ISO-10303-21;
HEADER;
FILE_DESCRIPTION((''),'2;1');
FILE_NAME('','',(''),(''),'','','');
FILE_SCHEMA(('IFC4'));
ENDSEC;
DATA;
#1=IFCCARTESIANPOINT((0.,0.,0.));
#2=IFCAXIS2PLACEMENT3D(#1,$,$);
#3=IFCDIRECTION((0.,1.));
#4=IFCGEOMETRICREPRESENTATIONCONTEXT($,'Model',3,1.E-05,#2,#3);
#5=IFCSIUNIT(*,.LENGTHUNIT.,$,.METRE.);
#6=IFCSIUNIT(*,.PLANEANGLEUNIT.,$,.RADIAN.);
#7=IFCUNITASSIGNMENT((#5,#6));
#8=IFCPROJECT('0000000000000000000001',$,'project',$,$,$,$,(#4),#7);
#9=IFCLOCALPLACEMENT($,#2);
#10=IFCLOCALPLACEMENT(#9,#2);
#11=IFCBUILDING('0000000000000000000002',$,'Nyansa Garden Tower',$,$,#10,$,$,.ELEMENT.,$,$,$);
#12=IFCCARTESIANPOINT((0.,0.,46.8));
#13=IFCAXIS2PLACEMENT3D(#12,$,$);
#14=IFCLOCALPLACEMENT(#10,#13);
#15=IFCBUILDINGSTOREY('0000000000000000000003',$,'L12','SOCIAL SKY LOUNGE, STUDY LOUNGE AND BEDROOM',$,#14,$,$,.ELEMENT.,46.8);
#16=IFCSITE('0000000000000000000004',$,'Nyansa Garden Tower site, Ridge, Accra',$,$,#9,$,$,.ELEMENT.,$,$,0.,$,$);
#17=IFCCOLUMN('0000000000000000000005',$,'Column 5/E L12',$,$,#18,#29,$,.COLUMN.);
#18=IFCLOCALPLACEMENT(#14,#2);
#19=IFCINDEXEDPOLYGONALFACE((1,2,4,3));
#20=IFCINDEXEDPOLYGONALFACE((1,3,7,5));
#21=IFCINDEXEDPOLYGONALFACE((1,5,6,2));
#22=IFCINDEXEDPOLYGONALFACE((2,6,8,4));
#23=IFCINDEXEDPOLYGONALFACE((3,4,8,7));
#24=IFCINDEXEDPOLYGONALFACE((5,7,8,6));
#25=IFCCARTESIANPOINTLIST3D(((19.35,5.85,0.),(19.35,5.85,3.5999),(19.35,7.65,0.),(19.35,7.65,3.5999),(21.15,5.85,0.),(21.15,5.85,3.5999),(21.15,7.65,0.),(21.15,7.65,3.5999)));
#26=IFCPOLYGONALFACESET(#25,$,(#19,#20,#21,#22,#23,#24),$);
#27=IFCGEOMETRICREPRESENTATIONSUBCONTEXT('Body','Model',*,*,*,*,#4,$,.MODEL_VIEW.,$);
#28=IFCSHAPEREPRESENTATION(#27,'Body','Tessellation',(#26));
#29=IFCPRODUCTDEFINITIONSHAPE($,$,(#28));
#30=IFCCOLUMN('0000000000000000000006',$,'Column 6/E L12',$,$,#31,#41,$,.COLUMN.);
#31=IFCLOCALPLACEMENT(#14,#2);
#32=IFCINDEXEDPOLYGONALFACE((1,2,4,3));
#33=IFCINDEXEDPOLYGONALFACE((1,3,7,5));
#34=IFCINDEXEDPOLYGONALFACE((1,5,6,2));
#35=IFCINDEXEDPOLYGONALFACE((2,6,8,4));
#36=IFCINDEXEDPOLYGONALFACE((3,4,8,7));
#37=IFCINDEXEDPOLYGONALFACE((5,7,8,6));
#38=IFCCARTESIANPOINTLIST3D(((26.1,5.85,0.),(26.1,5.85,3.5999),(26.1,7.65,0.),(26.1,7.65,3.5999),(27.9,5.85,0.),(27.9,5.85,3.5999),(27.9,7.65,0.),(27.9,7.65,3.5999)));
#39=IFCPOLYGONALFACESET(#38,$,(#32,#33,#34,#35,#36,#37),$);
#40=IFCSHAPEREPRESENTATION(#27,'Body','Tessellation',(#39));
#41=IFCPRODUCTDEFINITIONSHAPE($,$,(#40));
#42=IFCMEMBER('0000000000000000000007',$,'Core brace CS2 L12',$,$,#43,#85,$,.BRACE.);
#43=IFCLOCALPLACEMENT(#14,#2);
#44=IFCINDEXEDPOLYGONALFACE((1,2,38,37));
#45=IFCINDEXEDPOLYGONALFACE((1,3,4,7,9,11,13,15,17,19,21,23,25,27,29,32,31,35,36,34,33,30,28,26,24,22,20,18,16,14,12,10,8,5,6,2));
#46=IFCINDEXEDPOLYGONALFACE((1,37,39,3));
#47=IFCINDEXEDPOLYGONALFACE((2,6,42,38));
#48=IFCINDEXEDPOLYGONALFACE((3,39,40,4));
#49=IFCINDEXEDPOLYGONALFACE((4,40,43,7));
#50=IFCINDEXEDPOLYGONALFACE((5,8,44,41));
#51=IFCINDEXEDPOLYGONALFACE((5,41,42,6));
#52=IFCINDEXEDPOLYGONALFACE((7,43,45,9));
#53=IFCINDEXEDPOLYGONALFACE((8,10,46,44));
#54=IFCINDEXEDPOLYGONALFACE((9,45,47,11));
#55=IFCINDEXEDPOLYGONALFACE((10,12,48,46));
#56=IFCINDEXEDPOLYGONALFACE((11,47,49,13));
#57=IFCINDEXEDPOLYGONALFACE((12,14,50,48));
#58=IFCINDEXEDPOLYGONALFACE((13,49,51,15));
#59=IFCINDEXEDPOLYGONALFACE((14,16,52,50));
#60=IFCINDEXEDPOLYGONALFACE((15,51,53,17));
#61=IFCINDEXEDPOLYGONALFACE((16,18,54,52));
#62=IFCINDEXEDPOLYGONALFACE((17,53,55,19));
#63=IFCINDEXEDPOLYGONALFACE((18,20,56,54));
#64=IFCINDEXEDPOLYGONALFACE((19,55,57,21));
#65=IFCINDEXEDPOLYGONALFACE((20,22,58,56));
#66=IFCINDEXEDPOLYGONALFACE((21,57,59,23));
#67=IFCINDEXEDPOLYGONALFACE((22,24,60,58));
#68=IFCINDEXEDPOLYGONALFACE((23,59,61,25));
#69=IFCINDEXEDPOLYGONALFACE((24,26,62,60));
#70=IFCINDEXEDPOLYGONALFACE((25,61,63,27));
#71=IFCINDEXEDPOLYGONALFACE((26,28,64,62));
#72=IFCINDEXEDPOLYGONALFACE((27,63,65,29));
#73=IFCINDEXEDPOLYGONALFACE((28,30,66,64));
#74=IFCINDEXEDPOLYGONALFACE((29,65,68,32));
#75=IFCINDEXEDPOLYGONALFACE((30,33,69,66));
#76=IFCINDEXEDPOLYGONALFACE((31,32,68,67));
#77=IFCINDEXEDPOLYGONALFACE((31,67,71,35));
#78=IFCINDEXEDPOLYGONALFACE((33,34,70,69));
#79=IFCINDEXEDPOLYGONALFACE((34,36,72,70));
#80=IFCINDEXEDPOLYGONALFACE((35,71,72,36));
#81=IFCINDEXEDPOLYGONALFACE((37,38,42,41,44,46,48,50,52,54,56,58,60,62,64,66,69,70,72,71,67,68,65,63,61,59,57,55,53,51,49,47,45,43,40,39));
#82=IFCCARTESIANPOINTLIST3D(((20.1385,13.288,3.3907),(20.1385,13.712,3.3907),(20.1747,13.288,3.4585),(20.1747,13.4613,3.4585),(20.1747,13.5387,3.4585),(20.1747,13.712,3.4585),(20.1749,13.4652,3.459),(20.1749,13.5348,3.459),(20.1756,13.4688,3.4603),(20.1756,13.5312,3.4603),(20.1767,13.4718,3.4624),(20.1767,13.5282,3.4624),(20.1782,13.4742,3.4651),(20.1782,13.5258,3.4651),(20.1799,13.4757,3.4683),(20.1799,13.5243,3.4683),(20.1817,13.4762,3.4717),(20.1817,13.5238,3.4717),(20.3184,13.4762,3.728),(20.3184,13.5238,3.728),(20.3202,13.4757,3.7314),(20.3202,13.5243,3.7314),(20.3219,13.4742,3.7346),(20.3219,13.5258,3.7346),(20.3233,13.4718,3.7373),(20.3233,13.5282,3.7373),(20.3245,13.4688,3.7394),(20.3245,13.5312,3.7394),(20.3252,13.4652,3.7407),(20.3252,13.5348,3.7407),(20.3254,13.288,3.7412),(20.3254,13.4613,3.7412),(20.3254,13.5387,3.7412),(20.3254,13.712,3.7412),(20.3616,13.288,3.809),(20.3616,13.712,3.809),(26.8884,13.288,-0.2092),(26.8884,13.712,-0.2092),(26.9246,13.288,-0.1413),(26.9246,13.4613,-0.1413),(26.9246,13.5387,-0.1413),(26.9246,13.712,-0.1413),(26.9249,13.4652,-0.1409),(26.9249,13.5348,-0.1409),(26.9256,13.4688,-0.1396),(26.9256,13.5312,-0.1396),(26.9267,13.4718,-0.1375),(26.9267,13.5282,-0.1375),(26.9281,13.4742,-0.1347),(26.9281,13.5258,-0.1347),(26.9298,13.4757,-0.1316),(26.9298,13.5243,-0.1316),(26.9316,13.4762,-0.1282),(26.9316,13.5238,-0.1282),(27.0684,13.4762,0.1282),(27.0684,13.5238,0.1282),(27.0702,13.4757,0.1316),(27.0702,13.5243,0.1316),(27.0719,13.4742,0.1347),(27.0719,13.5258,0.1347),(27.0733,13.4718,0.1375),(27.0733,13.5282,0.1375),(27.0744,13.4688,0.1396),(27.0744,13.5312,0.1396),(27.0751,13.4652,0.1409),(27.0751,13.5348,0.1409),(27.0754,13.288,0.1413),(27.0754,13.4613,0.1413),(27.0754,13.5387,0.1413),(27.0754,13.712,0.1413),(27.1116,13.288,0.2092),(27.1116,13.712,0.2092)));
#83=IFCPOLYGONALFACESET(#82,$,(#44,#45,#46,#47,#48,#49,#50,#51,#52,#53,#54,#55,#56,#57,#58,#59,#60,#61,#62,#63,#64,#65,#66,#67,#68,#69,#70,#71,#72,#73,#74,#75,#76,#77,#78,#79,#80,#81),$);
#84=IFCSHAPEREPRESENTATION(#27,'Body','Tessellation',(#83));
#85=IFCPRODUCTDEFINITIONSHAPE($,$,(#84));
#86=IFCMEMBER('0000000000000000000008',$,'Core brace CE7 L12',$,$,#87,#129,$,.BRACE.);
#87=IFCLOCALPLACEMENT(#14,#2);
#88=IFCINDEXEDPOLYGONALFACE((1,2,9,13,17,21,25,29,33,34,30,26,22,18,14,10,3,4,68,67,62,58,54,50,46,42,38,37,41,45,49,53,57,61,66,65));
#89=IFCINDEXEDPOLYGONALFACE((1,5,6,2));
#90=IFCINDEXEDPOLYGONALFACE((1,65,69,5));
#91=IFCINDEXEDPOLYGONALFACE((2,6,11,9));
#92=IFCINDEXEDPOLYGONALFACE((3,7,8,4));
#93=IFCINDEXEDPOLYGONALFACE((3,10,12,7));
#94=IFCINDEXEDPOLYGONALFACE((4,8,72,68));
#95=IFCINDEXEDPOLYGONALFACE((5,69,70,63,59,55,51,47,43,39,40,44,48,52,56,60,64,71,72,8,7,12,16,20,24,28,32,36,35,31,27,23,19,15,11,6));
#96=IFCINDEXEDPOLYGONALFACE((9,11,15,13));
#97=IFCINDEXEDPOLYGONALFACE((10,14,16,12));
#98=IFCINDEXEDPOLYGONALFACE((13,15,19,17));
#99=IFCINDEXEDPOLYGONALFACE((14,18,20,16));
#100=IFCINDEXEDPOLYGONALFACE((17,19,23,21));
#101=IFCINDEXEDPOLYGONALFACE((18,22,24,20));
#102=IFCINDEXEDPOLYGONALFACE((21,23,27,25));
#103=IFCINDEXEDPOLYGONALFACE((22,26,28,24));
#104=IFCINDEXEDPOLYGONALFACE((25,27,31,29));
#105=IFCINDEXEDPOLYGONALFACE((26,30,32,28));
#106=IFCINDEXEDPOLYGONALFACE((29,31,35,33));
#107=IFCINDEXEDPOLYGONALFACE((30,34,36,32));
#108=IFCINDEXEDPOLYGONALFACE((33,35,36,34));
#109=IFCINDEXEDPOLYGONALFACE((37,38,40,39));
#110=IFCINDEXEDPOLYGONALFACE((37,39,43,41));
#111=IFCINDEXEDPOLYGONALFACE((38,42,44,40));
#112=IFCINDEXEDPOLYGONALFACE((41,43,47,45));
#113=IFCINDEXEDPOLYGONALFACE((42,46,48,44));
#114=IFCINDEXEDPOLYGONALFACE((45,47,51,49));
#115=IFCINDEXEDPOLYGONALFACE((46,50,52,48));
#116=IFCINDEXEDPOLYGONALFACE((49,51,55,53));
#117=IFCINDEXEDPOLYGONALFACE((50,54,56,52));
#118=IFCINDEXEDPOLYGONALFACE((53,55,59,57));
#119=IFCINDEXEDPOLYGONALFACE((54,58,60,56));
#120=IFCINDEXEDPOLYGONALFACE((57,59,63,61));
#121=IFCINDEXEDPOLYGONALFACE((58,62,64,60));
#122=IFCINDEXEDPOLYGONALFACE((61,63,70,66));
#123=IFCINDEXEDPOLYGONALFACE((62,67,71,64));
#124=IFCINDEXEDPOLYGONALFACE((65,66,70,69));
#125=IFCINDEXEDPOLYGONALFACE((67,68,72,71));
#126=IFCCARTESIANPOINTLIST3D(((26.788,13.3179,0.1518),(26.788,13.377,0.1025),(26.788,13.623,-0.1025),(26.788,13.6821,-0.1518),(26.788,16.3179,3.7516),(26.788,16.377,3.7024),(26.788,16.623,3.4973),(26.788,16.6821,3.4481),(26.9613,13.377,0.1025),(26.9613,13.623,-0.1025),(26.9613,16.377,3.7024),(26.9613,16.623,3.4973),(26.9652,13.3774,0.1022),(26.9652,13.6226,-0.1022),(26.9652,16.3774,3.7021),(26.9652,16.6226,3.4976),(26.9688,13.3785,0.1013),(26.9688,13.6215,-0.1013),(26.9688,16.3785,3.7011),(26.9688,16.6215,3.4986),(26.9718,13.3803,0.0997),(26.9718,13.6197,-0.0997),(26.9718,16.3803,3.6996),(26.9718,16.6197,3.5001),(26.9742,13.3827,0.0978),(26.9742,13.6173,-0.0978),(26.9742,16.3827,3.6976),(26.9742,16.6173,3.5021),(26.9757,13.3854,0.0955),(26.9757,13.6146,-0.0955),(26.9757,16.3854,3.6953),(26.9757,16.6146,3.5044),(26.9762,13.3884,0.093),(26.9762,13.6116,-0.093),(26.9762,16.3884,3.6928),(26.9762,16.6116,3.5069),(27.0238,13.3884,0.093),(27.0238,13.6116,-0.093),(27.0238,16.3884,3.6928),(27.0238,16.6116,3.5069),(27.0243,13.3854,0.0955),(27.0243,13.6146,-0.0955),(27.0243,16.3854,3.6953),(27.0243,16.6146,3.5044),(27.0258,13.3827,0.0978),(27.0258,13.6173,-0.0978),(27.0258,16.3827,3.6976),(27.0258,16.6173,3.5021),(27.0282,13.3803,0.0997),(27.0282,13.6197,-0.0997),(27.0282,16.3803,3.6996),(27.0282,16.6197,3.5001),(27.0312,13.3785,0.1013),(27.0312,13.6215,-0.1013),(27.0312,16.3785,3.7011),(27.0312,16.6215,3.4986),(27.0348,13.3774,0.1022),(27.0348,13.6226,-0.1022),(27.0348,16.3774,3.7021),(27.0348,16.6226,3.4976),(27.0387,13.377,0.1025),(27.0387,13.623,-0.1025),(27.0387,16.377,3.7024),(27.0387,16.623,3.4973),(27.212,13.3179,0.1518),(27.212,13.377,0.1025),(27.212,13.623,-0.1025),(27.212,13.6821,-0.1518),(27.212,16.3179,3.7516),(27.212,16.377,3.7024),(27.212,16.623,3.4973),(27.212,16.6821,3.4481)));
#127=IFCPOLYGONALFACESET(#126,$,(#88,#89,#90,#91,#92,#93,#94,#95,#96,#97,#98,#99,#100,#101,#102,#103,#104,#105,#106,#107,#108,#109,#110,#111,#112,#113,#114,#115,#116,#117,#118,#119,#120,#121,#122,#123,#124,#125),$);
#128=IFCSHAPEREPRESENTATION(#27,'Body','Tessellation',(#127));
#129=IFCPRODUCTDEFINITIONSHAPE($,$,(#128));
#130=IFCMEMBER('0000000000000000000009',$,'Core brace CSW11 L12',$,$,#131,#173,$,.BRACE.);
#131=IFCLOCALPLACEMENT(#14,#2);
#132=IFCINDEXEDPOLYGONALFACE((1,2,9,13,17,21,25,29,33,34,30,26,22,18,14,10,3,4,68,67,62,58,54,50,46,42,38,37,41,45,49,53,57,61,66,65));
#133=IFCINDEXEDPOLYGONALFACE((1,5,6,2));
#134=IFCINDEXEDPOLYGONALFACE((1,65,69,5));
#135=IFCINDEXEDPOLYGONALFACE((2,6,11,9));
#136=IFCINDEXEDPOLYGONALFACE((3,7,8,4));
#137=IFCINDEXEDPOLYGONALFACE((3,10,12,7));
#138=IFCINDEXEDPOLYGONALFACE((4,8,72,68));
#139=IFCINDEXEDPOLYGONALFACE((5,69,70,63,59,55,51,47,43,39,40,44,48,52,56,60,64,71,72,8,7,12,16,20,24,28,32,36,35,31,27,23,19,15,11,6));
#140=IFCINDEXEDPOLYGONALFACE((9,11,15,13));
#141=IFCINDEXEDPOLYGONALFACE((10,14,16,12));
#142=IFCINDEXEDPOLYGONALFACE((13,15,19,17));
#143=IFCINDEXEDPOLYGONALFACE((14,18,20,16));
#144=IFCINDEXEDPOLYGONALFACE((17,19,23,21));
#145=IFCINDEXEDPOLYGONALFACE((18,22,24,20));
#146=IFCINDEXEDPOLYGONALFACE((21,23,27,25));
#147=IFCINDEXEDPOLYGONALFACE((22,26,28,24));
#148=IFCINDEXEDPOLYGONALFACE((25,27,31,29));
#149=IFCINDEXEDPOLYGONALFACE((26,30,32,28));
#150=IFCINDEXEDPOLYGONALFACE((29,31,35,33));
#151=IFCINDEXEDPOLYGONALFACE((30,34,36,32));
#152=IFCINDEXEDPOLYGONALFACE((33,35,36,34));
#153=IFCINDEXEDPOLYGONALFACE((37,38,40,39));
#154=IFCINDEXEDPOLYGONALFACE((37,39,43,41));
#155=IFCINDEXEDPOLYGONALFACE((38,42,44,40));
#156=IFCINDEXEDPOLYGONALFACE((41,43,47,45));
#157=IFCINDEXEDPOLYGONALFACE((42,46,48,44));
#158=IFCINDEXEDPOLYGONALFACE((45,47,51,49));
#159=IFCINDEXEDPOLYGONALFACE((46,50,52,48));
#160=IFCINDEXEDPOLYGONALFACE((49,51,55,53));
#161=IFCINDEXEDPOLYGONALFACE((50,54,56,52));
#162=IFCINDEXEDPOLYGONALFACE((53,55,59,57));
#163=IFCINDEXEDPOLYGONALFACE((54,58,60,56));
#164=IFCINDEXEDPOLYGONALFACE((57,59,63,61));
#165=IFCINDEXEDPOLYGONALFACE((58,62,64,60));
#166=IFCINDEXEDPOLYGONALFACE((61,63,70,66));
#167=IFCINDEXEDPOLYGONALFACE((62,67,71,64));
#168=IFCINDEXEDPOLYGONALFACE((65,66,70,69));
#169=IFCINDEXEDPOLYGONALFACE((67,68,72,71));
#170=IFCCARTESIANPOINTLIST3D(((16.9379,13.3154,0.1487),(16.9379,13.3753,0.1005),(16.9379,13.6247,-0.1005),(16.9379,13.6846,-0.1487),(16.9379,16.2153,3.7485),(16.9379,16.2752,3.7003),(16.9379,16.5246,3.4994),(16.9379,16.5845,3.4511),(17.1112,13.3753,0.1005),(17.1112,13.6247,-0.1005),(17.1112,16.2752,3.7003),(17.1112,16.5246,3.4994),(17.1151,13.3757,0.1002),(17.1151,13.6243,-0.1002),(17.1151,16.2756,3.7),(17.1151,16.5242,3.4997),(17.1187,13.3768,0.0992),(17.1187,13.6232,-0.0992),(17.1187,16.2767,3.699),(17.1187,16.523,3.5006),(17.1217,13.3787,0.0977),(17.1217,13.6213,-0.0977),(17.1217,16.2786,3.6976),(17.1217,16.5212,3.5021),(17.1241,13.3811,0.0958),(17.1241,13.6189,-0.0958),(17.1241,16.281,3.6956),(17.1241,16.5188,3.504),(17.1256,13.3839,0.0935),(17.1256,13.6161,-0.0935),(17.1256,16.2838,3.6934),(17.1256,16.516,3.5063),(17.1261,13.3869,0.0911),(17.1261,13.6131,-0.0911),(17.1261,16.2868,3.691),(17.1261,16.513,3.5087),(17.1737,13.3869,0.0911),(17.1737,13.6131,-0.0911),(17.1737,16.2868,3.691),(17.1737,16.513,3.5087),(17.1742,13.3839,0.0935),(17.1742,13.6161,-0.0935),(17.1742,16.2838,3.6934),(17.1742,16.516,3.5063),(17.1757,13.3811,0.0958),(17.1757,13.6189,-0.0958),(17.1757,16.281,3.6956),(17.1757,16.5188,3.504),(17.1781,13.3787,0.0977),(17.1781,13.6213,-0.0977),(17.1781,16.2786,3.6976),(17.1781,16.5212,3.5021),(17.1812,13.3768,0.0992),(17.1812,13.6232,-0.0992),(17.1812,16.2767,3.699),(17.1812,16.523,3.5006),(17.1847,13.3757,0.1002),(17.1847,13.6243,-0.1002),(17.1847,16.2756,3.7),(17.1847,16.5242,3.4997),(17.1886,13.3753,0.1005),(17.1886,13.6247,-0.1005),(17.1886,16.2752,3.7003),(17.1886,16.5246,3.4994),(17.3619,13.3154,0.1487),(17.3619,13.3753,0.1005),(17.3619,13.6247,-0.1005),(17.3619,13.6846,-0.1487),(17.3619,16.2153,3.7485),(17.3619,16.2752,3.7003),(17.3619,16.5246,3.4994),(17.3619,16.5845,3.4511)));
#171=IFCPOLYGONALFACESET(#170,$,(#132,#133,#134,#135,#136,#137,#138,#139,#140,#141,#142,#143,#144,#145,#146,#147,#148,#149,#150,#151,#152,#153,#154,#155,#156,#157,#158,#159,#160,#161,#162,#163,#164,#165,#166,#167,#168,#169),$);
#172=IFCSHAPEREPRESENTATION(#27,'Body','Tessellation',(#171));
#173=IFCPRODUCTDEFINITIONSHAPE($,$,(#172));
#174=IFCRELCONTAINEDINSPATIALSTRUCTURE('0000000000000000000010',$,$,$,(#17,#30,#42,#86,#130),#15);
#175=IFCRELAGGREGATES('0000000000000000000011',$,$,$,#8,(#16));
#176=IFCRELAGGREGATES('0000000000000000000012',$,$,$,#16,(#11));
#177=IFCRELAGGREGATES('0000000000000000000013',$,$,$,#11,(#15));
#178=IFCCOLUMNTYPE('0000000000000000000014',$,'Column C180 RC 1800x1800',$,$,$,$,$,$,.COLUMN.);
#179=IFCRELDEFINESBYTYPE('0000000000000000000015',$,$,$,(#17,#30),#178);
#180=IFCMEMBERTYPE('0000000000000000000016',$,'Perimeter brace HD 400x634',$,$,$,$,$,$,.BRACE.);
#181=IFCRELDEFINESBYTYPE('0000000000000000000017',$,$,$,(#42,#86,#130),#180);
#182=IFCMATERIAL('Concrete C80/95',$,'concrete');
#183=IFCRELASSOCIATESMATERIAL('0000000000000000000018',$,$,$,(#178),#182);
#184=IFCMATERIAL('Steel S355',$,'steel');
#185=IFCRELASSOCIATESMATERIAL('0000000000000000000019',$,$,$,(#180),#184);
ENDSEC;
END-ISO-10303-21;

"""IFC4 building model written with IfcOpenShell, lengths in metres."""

from ifc_helpers import new_model, si_unit, direction, frame, origin, origin_2d, place, context, subcontext, project, spatial, rectangle, i_section, extrude, material, material_profile, profile_set, type_object, element, save


model = new_model("IFC4")

# Units and contexts
model_context = context("Model", 3, precision=1e-05, world=origin(), true_north=direction((0.0, 1.0)))
body_context = subcontext(model_context, "Body", "Model", "MODEL_VIEW")
ifc_project = project(units=[si_unit("LENGTHUNIT", "METRE"), si_unit("PLANEANGLEUNIT", "RADIAN")], contexts=[model_context])

# Site, building, storey
site_placement = place(None, origin())
site = spatial("IfcSite", under=ifc_project, at=site_placement, Name="Nyansa Garden Tower site, Ridge, Accra", CompositionType="ELEMENT", RefElevation=0.0)
building_placement = place(site_placement, origin())
building = spatial("IfcBuilding", under=site, at=building_placement, Name="Nyansa Garden Tower", CompositionType="ELEMENT")
storey_placement = place(building_placement, frame((0.0, 0.0, 46.8)))
storey = spatial("IfcBuildingStorey", under=building, at=storey_placement, Name="L12", Description="SOCIAL SKY LOUNGE, STUDY LOUNGE AND BEDROOM", CompositionType="ELEMENT", Elevation=46.8)

# Columns
ifc_material_1 = material(Name="Concrete C80/95", Category="concrete")
ifc_material_profile_1 = material_profile(ifc_material_1, rectangle(XDim=1.8, YDim=1.8, at=origin_2d()), Name="RC 1800x1800")
ifc_profile_set_1 = profile_set([ifc_material_profile_1], Name="Concrete C80/95")
column_type = type_object("IfcColumnType", Name="Column C180 RC 1800x1800", PredefinedType="COLUMN", material=ifc_profile_set_1)
for number, where, z_axis, x_axis, name in (
    (1, (20.25, 6.75, 0.0), (0.0, 0.0, 1.0), (1.0, 0.0, 0.0), "Column 5/E L12"),
    (2, (27.0, 6.75, 0.0), (0.0, 0.0, 1.0), (1.0, 0.0, 0.0), "Column 6/E L12"),
):
    element("IfcColumn", number, at=place(storey_placement, frame(where, z_axis=z_axis, x_axis=x_axis)), inside=storey, type_object=column_type, Name=name, PredefinedType="COLUMN", context=body_context, shape_type="SweptSolid", body=[
        extrude(rectangle(XDim=1.8, YDim=1.8, at=origin_2d()), origin(), (0.0, 0.0, 1.0), 3.5999),
    ])

# Members
ifc_material_2 = material(Name="Steel S355", Category="steel")
ifc_material_profile_2 = material_profile(ifc_material_2, i_section(OverallWidth=0.4241, OverallDepth=0.4741, WebThickness=0.0476, FlangeThickness=0.0769, FilletRadius=0.0149, at=origin_2d()), Name="HD 400x634")
ifc_profile_set_2 = profile_set([ifc_material_profile_2], Name="Steel S355")
member_type = type_object("IfcMemberType", Name="Perimeter brace HD 400x634", PredefinedType="BRACE", material=ifc_profile_set_2)
member_1_placement = place(storey_placement, frame((27.0, 13.5, 0.0), z_axis=(-0.882361, 0.0, 0.470573), x_axis=(0.0, -1.0, 0.0)))
element("IfcMember", 3, at=member_1_placement, inside=storey, type_object=member_type, Name="Core brace CS2 L12", PredefinedType="BRACE", context=body_context, shape_type="SweptSolid", body=[
    extrude(i_section(OverallWidth=0.4241, OverallDepth=0.4741, WebThickness=0.0476, FlangeThickness=0.0769, FilletRadius=0.0149, at=origin_2d()), origin(), (0.0, 0.0, 1.0), 7.6499),
])
member_2_placement = place(storey_placement, frame((27.0, 13.5, 0.0), z_axis=(0.0, 0.6402, 0.768208), x_axis=(-1.0, 0.0, 0.0)))
element("IfcMember", 4, at=member_2_placement, inside=storey, type_object=member_type, Name="Core brace CE7 L12", PredefinedType="BRACE", context=body_context, shape_type="SweptSolid", body=[
    extrude(i_section(OverallWidth=0.4241, OverallDepth=0.4741, WebThickness=0.0476, FlangeThickness=0.0769, FilletRadius=0.0149, at=origin_2d()), origin(), (0.0, 0.0, 1.0), 4.686),
])
for number, where, z_axis, x_axis, name in (
    (5, (17.1499, 13.5, 0.0), (0.0, 0.627332, 0.778752), (-1.0, 0.0, 0.0), "Core brace CSW11 L12"),
):
    element("IfcMember", number, at=place(storey_placement, frame(where, z_axis=z_axis, x_axis=x_axis)), inside=storey, type_object=member_type, Name=name, PredefinedType="BRACE", context=body_context, shape_type="SweptSolid", body=[
        extrude(i_section(OverallWidth=0.4241, OverallDepth=0.4741, WebThickness=0.0476, FlangeThickness=0.0769, FilletRadius=0.0149, at=origin_2d()), origin(), (0.0, 0.0, 1.0), 4.6226),
    ])

save(model, "model.ifc")
